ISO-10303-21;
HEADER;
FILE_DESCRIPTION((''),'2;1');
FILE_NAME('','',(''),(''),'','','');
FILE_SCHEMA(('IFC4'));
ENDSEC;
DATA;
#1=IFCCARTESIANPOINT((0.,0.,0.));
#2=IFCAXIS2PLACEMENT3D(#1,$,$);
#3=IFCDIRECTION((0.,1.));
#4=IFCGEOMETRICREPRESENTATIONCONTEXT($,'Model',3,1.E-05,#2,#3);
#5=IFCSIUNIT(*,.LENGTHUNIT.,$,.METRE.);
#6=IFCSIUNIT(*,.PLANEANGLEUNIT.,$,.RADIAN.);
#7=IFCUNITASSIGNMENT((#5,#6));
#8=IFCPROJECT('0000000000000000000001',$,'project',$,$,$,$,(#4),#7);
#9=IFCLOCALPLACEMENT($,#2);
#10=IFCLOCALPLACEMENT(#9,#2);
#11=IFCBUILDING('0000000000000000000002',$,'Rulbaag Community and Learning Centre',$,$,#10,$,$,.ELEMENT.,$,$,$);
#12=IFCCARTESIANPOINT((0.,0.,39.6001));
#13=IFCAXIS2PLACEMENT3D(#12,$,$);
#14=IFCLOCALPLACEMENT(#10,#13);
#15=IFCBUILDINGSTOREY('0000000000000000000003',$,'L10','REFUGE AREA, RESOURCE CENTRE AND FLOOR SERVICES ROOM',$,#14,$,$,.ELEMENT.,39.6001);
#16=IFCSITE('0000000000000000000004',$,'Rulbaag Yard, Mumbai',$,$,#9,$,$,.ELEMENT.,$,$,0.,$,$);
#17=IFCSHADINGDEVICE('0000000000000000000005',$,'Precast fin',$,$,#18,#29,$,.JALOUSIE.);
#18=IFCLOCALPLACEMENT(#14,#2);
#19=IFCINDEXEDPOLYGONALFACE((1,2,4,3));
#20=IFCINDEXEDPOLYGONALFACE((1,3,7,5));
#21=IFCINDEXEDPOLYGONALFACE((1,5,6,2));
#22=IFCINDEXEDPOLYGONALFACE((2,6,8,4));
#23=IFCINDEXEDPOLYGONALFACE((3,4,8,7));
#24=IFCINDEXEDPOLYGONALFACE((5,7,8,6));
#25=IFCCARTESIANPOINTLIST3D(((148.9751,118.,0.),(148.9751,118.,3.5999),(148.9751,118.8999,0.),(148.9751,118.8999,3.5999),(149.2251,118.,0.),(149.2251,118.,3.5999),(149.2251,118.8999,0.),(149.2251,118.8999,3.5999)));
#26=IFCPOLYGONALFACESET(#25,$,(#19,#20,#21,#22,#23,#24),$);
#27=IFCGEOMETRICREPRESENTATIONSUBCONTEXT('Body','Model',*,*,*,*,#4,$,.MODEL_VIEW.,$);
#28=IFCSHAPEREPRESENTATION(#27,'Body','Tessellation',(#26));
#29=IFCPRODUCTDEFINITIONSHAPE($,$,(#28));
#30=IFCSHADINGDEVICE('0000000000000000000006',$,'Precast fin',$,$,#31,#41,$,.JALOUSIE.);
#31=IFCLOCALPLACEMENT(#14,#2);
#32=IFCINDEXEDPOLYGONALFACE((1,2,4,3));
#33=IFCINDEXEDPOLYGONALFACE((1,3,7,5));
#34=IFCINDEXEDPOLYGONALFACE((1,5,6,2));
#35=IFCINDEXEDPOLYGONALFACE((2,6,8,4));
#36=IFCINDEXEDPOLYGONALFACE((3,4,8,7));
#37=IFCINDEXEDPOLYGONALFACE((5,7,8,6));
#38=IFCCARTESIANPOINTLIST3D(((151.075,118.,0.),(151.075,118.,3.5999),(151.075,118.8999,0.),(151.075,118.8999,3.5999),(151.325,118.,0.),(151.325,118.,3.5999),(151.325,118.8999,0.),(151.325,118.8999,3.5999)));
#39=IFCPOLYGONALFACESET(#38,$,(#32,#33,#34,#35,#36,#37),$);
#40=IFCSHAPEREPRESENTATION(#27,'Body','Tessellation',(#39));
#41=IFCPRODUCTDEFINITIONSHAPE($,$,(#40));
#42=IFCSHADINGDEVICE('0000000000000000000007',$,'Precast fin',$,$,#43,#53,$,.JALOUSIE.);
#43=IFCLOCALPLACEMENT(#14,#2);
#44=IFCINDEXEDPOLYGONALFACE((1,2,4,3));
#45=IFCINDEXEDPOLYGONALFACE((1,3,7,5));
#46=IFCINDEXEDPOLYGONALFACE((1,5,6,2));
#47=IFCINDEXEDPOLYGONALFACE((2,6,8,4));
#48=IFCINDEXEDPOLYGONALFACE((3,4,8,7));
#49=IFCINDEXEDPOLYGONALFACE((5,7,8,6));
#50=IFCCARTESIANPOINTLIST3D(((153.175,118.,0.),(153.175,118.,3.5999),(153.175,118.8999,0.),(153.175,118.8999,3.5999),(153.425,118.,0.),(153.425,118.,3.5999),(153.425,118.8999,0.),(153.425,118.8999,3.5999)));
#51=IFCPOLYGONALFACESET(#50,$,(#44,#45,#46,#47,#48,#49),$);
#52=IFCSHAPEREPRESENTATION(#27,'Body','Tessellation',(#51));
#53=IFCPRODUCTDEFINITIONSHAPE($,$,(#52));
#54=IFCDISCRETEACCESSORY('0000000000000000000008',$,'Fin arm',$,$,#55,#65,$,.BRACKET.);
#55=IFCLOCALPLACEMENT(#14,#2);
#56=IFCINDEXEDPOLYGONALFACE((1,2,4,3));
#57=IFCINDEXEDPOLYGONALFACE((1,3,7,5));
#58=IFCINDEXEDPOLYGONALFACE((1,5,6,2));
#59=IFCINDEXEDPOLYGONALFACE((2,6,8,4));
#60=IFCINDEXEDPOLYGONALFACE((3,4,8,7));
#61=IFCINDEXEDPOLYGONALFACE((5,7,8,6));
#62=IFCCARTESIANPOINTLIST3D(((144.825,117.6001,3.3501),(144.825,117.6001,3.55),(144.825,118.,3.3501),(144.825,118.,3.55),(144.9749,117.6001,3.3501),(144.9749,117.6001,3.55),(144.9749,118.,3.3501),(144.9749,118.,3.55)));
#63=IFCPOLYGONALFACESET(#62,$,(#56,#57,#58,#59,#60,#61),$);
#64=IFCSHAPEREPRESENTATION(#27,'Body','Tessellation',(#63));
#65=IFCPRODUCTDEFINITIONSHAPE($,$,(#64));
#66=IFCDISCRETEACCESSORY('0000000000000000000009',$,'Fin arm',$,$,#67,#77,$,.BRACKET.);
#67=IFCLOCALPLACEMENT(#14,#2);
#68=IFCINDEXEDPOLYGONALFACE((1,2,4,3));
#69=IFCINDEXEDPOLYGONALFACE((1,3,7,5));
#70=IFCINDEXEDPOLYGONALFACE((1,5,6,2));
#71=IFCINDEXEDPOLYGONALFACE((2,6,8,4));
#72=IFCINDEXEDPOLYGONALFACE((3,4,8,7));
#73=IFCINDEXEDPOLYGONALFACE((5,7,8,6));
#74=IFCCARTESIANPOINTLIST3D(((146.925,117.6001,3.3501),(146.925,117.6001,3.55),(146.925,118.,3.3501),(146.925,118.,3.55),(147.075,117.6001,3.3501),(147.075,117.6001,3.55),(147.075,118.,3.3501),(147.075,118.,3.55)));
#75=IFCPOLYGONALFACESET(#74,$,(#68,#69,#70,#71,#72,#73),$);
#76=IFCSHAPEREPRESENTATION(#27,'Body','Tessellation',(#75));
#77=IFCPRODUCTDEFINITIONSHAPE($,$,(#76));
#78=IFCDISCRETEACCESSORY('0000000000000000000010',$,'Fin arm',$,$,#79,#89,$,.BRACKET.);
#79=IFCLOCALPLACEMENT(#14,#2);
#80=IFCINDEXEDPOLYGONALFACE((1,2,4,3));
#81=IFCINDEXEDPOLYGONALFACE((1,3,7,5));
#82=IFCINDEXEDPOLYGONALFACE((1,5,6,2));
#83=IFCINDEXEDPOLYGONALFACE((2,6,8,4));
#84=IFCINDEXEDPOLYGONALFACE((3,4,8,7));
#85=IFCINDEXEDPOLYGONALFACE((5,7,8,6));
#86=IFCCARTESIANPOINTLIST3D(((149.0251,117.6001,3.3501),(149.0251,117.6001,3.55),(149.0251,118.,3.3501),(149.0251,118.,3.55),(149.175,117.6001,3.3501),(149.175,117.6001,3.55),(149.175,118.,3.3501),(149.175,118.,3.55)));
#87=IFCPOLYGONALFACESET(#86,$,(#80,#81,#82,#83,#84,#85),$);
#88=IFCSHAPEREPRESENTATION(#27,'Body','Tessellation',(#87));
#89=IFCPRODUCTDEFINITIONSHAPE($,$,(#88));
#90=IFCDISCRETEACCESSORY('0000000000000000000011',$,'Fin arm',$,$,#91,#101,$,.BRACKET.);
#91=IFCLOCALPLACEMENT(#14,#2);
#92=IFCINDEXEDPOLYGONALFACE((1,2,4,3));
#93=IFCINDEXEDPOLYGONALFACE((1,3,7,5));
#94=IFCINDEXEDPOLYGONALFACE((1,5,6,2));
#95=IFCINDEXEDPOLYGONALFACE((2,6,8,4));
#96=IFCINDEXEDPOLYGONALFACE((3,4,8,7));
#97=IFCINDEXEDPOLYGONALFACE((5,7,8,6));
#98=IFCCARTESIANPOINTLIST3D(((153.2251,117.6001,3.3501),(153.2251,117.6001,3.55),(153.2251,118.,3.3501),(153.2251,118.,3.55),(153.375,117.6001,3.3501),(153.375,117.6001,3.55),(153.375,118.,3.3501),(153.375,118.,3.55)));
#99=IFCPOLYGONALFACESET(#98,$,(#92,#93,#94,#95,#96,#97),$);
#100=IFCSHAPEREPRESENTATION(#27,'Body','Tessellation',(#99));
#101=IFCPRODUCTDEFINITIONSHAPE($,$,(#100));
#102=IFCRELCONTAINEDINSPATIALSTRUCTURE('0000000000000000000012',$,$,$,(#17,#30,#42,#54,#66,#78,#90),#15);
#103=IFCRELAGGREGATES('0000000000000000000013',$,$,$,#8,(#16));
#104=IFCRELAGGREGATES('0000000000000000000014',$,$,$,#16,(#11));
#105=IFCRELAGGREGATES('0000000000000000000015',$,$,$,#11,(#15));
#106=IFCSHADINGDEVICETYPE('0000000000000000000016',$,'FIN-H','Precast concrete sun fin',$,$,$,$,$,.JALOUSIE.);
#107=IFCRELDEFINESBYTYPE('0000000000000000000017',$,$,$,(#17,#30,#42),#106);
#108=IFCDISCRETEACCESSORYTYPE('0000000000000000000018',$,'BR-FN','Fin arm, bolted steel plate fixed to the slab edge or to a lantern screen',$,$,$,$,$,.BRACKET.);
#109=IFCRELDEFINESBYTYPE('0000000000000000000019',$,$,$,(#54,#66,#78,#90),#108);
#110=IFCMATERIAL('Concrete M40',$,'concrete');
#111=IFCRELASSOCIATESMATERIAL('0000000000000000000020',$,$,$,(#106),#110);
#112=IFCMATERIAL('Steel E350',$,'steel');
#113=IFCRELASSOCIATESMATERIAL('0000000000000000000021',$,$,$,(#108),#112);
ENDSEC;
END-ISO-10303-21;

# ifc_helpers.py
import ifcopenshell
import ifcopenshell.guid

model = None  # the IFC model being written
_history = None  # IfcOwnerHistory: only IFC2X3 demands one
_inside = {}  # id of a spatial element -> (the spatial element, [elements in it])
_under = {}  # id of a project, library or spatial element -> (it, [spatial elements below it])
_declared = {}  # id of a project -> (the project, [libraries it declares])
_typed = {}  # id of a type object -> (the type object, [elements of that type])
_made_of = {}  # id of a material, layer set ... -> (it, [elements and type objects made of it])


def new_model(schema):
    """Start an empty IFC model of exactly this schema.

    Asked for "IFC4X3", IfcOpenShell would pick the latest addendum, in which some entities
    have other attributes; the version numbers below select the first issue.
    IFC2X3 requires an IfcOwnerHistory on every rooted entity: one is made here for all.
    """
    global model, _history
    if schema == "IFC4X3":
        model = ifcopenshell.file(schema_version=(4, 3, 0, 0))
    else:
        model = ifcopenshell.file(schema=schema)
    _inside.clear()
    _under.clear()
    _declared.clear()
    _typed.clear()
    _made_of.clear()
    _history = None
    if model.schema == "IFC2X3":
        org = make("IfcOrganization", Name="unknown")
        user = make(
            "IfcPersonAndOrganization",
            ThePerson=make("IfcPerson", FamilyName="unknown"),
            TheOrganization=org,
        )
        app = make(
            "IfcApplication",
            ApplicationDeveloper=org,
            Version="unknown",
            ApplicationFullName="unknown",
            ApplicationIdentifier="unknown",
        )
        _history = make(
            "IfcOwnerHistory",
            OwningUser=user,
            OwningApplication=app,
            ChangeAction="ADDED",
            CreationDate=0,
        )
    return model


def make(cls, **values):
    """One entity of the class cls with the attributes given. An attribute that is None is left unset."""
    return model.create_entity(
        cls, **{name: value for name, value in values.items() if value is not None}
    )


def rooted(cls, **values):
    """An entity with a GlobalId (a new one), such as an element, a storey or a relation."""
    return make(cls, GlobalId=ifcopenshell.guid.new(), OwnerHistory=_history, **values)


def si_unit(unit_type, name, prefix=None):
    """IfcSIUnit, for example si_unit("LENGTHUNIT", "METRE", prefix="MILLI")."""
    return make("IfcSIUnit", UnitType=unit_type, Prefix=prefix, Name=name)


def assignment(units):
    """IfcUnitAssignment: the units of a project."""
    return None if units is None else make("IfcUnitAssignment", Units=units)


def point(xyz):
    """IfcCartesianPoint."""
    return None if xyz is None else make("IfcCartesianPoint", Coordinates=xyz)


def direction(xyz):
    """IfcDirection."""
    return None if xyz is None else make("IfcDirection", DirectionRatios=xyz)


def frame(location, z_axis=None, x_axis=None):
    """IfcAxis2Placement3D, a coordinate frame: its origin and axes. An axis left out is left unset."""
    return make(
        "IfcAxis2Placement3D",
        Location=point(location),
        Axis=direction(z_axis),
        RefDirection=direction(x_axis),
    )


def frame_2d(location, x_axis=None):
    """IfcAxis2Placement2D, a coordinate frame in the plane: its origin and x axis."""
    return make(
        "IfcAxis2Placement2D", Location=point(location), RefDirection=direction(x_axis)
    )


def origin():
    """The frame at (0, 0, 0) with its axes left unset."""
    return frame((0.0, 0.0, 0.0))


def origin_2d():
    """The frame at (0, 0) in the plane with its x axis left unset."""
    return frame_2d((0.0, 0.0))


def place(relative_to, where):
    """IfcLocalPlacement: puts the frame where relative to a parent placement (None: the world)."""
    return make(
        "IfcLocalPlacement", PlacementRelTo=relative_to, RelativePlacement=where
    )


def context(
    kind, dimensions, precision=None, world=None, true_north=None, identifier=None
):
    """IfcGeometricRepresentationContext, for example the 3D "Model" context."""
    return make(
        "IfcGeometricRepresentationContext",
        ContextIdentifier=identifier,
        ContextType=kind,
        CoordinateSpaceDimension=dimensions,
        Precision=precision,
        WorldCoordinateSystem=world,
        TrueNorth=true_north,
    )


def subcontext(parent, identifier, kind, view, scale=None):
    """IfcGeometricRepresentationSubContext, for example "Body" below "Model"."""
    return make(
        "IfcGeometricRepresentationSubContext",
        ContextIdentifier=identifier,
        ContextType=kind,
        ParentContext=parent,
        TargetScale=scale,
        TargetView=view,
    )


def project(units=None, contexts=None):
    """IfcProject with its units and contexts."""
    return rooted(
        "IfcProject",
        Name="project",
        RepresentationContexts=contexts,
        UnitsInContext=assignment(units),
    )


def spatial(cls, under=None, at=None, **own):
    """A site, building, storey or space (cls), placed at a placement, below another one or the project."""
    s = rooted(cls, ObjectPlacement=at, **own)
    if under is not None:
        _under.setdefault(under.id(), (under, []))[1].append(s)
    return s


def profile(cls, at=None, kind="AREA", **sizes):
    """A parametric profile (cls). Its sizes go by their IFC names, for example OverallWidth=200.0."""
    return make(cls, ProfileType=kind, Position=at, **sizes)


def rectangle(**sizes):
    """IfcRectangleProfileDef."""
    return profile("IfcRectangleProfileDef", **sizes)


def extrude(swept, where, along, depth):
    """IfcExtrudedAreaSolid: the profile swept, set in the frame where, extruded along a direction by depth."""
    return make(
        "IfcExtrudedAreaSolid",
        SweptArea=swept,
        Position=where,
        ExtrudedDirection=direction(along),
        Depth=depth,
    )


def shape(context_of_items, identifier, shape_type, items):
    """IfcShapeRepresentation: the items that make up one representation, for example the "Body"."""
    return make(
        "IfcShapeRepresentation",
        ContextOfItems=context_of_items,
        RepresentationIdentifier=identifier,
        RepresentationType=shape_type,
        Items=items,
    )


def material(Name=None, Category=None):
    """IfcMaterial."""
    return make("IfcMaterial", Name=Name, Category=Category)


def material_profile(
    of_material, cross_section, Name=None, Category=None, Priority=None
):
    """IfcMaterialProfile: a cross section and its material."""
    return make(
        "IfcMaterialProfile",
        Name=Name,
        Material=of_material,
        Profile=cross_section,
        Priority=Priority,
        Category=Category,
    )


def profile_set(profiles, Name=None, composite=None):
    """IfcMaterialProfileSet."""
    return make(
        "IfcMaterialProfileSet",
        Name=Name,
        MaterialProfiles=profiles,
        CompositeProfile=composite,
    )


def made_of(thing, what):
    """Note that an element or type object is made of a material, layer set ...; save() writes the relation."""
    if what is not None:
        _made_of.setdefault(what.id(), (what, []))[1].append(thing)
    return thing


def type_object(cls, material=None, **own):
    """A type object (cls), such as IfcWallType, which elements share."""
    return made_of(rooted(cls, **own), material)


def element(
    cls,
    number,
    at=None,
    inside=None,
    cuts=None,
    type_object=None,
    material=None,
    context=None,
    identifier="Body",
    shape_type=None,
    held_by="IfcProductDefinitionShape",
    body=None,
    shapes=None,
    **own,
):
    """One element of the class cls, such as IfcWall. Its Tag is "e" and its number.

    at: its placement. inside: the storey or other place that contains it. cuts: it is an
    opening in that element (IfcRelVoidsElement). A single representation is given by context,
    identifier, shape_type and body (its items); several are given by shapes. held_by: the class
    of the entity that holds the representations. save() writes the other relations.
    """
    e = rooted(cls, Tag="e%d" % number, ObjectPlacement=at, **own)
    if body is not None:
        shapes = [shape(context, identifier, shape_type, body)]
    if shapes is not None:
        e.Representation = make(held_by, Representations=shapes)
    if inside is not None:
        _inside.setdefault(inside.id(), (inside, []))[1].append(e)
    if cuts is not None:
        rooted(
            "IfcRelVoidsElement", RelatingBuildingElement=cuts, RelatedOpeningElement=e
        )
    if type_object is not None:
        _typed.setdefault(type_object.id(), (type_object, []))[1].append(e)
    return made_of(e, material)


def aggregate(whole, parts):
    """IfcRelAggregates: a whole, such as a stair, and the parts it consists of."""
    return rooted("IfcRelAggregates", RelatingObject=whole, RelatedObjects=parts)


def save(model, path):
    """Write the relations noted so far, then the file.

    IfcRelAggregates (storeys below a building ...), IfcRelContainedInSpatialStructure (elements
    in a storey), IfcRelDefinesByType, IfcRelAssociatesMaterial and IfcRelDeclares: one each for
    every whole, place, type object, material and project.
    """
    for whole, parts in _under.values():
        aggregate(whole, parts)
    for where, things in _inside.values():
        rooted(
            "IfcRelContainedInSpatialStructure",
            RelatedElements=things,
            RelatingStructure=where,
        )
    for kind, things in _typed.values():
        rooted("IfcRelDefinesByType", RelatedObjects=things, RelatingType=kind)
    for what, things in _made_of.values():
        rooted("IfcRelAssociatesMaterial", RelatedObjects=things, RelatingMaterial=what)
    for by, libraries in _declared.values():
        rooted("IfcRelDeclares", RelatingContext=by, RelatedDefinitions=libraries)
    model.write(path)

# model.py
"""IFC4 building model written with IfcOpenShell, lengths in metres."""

from ifc_helpers import new_model, si_unit, direction, frame, origin, origin_2d, place, context, subcontext, project, spatial, rectangle, extrude, material, material_profile, profile_set, type_object, element, save


model = new_model("IFC4")

# Units and contexts
model_context = context("Model", 3, precision=1e-05, world=origin(), true_north=direction((0.0, 1.0)))
body_context = subcontext(model_context, "Body", "Model", "MODEL_VIEW")
ifc_project = project(units=[si_unit("LENGTHUNIT", "METRE"), si_unit("PLANEANGLEUNIT", "RADIAN")], contexts=[model_context])

# Site, building, storey
site_placement = place(None, origin())
site = spatial("IfcSite", under=ifc_project, at=site_placement, Name="Rulbaag Yard, Mumbai", CompositionType="ELEMENT", RefElevation=0.0)
building_placement = place(site_placement, origin())
building = spatial("IfcBuilding", under=site, at=building_placement, Name="Rulbaag Community and Learning Centre", CompositionType="ELEMENT")
storey_placement = place(building_placement, frame((0.0, 0.0, 39.6001)))
storey = spatial("IfcBuildingStorey", under=building, at=storey_placement, Name="L10", Description="REFUGE AREA, RESOURCE CENTRE AND FLOOR SERVICES ROOM", CompositionType="ELEMENT", Elevation=39.6001)

# Shared definitions
ifc_material_1 = material(Name="Concrete M40", Category="concrete")

# Shading devices
ifc_material_profile_1 = material_profile(ifc_material_1, rectangle(XDim=0.25, YDim=0.8999, at=origin_2d()), Name="PC 250x900")
ifc_profile_set_1 = profile_set([ifc_material_profile_1], Name="Concrete M40")
shading_device_type = type_object("IfcShadingDeviceType", Name="FIN-H", Description="Precast concrete sun fin", PredefinedType="JALOUSIE", material=ifc_profile_set_1)
for number, where, z_axis, x_axis, name in (
    (1, (149.1001, 118.45, 0.0), (0.0, 0.0, 1.0), (1.0, 0.0, 0.0), "Precast fin"),
    (2, (151.2, 118.45, 0.0), (0.0, 0.0, 1.0), (1.0, 0.0, 0.0), "Precast fin"),
    (3, (153.3, 118.45, 0.0), (0.0, 0.0, 1.0), (1.0, 0.0, 0.0), "Precast fin"),
):
    element("IfcShadingDevice", number, at=place(storey_placement, frame(where, z_axis=z_axis, x_axis=x_axis)), inside=storey, type_object=shading_device_type, Name=name, PredefinedType="JALOUSIE", context=body_context, shape_type="SweptSolid", body=[
        extrude(rectangle(XDim=0.25, YDim=0.8999, at=origin_2d()), origin(), (0.0, 0.0, 1.0), 3.5999),
    ])

# Discrete accessories
ifc_material_2 = material(Name="Steel E350", Category="steel")
discrete_accessory_type = type_object("IfcDiscreteAccessoryType", Name="BR-FN", Description="Fin arm, bolted steel plate fixed to the slab edge or to a lantern screen", PredefinedType="BRACKET", material=ifc_material_2)
for number, where, z_axis, x_axis, name in (
    (4, (144.8999, 117.8, 3.3501), (0.0, 0.0, 1.0), (1.0, 0.0, 0.0), "Fin arm"),
    (5, (147.0, 117.8, 3.3501), (0.0, 0.0, 1.0), (1.0, 0.0, 0.0), "Fin arm"),
    (6, (149.1001, 117.8, 3.3501), (0.0, 0.0, 1.0), (1.0, 0.0, 0.0), "Fin arm"),
    (7, (153.3, 117.8, 3.3501), (0.0, 0.0, 1.0), (1.0, 0.0, 0.0), "Fin arm"),
):
    element("IfcDiscreteAccessory", number, at=place(storey_placement, frame(where, z_axis=z_axis, x_axis=x_axis)), inside=storey, type_object=discrete_accessory_type, Name=name, PredefinedType="BRACKET", context=body_context, shape_type="SweptSolid", body=[
        extrude(rectangle(XDim=0.1499, YDim=0.3999, at=origin_2d()), origin(), (0.0, 0.0, 1.0), 0.2),
    ])

save(model, "model.ifc")
